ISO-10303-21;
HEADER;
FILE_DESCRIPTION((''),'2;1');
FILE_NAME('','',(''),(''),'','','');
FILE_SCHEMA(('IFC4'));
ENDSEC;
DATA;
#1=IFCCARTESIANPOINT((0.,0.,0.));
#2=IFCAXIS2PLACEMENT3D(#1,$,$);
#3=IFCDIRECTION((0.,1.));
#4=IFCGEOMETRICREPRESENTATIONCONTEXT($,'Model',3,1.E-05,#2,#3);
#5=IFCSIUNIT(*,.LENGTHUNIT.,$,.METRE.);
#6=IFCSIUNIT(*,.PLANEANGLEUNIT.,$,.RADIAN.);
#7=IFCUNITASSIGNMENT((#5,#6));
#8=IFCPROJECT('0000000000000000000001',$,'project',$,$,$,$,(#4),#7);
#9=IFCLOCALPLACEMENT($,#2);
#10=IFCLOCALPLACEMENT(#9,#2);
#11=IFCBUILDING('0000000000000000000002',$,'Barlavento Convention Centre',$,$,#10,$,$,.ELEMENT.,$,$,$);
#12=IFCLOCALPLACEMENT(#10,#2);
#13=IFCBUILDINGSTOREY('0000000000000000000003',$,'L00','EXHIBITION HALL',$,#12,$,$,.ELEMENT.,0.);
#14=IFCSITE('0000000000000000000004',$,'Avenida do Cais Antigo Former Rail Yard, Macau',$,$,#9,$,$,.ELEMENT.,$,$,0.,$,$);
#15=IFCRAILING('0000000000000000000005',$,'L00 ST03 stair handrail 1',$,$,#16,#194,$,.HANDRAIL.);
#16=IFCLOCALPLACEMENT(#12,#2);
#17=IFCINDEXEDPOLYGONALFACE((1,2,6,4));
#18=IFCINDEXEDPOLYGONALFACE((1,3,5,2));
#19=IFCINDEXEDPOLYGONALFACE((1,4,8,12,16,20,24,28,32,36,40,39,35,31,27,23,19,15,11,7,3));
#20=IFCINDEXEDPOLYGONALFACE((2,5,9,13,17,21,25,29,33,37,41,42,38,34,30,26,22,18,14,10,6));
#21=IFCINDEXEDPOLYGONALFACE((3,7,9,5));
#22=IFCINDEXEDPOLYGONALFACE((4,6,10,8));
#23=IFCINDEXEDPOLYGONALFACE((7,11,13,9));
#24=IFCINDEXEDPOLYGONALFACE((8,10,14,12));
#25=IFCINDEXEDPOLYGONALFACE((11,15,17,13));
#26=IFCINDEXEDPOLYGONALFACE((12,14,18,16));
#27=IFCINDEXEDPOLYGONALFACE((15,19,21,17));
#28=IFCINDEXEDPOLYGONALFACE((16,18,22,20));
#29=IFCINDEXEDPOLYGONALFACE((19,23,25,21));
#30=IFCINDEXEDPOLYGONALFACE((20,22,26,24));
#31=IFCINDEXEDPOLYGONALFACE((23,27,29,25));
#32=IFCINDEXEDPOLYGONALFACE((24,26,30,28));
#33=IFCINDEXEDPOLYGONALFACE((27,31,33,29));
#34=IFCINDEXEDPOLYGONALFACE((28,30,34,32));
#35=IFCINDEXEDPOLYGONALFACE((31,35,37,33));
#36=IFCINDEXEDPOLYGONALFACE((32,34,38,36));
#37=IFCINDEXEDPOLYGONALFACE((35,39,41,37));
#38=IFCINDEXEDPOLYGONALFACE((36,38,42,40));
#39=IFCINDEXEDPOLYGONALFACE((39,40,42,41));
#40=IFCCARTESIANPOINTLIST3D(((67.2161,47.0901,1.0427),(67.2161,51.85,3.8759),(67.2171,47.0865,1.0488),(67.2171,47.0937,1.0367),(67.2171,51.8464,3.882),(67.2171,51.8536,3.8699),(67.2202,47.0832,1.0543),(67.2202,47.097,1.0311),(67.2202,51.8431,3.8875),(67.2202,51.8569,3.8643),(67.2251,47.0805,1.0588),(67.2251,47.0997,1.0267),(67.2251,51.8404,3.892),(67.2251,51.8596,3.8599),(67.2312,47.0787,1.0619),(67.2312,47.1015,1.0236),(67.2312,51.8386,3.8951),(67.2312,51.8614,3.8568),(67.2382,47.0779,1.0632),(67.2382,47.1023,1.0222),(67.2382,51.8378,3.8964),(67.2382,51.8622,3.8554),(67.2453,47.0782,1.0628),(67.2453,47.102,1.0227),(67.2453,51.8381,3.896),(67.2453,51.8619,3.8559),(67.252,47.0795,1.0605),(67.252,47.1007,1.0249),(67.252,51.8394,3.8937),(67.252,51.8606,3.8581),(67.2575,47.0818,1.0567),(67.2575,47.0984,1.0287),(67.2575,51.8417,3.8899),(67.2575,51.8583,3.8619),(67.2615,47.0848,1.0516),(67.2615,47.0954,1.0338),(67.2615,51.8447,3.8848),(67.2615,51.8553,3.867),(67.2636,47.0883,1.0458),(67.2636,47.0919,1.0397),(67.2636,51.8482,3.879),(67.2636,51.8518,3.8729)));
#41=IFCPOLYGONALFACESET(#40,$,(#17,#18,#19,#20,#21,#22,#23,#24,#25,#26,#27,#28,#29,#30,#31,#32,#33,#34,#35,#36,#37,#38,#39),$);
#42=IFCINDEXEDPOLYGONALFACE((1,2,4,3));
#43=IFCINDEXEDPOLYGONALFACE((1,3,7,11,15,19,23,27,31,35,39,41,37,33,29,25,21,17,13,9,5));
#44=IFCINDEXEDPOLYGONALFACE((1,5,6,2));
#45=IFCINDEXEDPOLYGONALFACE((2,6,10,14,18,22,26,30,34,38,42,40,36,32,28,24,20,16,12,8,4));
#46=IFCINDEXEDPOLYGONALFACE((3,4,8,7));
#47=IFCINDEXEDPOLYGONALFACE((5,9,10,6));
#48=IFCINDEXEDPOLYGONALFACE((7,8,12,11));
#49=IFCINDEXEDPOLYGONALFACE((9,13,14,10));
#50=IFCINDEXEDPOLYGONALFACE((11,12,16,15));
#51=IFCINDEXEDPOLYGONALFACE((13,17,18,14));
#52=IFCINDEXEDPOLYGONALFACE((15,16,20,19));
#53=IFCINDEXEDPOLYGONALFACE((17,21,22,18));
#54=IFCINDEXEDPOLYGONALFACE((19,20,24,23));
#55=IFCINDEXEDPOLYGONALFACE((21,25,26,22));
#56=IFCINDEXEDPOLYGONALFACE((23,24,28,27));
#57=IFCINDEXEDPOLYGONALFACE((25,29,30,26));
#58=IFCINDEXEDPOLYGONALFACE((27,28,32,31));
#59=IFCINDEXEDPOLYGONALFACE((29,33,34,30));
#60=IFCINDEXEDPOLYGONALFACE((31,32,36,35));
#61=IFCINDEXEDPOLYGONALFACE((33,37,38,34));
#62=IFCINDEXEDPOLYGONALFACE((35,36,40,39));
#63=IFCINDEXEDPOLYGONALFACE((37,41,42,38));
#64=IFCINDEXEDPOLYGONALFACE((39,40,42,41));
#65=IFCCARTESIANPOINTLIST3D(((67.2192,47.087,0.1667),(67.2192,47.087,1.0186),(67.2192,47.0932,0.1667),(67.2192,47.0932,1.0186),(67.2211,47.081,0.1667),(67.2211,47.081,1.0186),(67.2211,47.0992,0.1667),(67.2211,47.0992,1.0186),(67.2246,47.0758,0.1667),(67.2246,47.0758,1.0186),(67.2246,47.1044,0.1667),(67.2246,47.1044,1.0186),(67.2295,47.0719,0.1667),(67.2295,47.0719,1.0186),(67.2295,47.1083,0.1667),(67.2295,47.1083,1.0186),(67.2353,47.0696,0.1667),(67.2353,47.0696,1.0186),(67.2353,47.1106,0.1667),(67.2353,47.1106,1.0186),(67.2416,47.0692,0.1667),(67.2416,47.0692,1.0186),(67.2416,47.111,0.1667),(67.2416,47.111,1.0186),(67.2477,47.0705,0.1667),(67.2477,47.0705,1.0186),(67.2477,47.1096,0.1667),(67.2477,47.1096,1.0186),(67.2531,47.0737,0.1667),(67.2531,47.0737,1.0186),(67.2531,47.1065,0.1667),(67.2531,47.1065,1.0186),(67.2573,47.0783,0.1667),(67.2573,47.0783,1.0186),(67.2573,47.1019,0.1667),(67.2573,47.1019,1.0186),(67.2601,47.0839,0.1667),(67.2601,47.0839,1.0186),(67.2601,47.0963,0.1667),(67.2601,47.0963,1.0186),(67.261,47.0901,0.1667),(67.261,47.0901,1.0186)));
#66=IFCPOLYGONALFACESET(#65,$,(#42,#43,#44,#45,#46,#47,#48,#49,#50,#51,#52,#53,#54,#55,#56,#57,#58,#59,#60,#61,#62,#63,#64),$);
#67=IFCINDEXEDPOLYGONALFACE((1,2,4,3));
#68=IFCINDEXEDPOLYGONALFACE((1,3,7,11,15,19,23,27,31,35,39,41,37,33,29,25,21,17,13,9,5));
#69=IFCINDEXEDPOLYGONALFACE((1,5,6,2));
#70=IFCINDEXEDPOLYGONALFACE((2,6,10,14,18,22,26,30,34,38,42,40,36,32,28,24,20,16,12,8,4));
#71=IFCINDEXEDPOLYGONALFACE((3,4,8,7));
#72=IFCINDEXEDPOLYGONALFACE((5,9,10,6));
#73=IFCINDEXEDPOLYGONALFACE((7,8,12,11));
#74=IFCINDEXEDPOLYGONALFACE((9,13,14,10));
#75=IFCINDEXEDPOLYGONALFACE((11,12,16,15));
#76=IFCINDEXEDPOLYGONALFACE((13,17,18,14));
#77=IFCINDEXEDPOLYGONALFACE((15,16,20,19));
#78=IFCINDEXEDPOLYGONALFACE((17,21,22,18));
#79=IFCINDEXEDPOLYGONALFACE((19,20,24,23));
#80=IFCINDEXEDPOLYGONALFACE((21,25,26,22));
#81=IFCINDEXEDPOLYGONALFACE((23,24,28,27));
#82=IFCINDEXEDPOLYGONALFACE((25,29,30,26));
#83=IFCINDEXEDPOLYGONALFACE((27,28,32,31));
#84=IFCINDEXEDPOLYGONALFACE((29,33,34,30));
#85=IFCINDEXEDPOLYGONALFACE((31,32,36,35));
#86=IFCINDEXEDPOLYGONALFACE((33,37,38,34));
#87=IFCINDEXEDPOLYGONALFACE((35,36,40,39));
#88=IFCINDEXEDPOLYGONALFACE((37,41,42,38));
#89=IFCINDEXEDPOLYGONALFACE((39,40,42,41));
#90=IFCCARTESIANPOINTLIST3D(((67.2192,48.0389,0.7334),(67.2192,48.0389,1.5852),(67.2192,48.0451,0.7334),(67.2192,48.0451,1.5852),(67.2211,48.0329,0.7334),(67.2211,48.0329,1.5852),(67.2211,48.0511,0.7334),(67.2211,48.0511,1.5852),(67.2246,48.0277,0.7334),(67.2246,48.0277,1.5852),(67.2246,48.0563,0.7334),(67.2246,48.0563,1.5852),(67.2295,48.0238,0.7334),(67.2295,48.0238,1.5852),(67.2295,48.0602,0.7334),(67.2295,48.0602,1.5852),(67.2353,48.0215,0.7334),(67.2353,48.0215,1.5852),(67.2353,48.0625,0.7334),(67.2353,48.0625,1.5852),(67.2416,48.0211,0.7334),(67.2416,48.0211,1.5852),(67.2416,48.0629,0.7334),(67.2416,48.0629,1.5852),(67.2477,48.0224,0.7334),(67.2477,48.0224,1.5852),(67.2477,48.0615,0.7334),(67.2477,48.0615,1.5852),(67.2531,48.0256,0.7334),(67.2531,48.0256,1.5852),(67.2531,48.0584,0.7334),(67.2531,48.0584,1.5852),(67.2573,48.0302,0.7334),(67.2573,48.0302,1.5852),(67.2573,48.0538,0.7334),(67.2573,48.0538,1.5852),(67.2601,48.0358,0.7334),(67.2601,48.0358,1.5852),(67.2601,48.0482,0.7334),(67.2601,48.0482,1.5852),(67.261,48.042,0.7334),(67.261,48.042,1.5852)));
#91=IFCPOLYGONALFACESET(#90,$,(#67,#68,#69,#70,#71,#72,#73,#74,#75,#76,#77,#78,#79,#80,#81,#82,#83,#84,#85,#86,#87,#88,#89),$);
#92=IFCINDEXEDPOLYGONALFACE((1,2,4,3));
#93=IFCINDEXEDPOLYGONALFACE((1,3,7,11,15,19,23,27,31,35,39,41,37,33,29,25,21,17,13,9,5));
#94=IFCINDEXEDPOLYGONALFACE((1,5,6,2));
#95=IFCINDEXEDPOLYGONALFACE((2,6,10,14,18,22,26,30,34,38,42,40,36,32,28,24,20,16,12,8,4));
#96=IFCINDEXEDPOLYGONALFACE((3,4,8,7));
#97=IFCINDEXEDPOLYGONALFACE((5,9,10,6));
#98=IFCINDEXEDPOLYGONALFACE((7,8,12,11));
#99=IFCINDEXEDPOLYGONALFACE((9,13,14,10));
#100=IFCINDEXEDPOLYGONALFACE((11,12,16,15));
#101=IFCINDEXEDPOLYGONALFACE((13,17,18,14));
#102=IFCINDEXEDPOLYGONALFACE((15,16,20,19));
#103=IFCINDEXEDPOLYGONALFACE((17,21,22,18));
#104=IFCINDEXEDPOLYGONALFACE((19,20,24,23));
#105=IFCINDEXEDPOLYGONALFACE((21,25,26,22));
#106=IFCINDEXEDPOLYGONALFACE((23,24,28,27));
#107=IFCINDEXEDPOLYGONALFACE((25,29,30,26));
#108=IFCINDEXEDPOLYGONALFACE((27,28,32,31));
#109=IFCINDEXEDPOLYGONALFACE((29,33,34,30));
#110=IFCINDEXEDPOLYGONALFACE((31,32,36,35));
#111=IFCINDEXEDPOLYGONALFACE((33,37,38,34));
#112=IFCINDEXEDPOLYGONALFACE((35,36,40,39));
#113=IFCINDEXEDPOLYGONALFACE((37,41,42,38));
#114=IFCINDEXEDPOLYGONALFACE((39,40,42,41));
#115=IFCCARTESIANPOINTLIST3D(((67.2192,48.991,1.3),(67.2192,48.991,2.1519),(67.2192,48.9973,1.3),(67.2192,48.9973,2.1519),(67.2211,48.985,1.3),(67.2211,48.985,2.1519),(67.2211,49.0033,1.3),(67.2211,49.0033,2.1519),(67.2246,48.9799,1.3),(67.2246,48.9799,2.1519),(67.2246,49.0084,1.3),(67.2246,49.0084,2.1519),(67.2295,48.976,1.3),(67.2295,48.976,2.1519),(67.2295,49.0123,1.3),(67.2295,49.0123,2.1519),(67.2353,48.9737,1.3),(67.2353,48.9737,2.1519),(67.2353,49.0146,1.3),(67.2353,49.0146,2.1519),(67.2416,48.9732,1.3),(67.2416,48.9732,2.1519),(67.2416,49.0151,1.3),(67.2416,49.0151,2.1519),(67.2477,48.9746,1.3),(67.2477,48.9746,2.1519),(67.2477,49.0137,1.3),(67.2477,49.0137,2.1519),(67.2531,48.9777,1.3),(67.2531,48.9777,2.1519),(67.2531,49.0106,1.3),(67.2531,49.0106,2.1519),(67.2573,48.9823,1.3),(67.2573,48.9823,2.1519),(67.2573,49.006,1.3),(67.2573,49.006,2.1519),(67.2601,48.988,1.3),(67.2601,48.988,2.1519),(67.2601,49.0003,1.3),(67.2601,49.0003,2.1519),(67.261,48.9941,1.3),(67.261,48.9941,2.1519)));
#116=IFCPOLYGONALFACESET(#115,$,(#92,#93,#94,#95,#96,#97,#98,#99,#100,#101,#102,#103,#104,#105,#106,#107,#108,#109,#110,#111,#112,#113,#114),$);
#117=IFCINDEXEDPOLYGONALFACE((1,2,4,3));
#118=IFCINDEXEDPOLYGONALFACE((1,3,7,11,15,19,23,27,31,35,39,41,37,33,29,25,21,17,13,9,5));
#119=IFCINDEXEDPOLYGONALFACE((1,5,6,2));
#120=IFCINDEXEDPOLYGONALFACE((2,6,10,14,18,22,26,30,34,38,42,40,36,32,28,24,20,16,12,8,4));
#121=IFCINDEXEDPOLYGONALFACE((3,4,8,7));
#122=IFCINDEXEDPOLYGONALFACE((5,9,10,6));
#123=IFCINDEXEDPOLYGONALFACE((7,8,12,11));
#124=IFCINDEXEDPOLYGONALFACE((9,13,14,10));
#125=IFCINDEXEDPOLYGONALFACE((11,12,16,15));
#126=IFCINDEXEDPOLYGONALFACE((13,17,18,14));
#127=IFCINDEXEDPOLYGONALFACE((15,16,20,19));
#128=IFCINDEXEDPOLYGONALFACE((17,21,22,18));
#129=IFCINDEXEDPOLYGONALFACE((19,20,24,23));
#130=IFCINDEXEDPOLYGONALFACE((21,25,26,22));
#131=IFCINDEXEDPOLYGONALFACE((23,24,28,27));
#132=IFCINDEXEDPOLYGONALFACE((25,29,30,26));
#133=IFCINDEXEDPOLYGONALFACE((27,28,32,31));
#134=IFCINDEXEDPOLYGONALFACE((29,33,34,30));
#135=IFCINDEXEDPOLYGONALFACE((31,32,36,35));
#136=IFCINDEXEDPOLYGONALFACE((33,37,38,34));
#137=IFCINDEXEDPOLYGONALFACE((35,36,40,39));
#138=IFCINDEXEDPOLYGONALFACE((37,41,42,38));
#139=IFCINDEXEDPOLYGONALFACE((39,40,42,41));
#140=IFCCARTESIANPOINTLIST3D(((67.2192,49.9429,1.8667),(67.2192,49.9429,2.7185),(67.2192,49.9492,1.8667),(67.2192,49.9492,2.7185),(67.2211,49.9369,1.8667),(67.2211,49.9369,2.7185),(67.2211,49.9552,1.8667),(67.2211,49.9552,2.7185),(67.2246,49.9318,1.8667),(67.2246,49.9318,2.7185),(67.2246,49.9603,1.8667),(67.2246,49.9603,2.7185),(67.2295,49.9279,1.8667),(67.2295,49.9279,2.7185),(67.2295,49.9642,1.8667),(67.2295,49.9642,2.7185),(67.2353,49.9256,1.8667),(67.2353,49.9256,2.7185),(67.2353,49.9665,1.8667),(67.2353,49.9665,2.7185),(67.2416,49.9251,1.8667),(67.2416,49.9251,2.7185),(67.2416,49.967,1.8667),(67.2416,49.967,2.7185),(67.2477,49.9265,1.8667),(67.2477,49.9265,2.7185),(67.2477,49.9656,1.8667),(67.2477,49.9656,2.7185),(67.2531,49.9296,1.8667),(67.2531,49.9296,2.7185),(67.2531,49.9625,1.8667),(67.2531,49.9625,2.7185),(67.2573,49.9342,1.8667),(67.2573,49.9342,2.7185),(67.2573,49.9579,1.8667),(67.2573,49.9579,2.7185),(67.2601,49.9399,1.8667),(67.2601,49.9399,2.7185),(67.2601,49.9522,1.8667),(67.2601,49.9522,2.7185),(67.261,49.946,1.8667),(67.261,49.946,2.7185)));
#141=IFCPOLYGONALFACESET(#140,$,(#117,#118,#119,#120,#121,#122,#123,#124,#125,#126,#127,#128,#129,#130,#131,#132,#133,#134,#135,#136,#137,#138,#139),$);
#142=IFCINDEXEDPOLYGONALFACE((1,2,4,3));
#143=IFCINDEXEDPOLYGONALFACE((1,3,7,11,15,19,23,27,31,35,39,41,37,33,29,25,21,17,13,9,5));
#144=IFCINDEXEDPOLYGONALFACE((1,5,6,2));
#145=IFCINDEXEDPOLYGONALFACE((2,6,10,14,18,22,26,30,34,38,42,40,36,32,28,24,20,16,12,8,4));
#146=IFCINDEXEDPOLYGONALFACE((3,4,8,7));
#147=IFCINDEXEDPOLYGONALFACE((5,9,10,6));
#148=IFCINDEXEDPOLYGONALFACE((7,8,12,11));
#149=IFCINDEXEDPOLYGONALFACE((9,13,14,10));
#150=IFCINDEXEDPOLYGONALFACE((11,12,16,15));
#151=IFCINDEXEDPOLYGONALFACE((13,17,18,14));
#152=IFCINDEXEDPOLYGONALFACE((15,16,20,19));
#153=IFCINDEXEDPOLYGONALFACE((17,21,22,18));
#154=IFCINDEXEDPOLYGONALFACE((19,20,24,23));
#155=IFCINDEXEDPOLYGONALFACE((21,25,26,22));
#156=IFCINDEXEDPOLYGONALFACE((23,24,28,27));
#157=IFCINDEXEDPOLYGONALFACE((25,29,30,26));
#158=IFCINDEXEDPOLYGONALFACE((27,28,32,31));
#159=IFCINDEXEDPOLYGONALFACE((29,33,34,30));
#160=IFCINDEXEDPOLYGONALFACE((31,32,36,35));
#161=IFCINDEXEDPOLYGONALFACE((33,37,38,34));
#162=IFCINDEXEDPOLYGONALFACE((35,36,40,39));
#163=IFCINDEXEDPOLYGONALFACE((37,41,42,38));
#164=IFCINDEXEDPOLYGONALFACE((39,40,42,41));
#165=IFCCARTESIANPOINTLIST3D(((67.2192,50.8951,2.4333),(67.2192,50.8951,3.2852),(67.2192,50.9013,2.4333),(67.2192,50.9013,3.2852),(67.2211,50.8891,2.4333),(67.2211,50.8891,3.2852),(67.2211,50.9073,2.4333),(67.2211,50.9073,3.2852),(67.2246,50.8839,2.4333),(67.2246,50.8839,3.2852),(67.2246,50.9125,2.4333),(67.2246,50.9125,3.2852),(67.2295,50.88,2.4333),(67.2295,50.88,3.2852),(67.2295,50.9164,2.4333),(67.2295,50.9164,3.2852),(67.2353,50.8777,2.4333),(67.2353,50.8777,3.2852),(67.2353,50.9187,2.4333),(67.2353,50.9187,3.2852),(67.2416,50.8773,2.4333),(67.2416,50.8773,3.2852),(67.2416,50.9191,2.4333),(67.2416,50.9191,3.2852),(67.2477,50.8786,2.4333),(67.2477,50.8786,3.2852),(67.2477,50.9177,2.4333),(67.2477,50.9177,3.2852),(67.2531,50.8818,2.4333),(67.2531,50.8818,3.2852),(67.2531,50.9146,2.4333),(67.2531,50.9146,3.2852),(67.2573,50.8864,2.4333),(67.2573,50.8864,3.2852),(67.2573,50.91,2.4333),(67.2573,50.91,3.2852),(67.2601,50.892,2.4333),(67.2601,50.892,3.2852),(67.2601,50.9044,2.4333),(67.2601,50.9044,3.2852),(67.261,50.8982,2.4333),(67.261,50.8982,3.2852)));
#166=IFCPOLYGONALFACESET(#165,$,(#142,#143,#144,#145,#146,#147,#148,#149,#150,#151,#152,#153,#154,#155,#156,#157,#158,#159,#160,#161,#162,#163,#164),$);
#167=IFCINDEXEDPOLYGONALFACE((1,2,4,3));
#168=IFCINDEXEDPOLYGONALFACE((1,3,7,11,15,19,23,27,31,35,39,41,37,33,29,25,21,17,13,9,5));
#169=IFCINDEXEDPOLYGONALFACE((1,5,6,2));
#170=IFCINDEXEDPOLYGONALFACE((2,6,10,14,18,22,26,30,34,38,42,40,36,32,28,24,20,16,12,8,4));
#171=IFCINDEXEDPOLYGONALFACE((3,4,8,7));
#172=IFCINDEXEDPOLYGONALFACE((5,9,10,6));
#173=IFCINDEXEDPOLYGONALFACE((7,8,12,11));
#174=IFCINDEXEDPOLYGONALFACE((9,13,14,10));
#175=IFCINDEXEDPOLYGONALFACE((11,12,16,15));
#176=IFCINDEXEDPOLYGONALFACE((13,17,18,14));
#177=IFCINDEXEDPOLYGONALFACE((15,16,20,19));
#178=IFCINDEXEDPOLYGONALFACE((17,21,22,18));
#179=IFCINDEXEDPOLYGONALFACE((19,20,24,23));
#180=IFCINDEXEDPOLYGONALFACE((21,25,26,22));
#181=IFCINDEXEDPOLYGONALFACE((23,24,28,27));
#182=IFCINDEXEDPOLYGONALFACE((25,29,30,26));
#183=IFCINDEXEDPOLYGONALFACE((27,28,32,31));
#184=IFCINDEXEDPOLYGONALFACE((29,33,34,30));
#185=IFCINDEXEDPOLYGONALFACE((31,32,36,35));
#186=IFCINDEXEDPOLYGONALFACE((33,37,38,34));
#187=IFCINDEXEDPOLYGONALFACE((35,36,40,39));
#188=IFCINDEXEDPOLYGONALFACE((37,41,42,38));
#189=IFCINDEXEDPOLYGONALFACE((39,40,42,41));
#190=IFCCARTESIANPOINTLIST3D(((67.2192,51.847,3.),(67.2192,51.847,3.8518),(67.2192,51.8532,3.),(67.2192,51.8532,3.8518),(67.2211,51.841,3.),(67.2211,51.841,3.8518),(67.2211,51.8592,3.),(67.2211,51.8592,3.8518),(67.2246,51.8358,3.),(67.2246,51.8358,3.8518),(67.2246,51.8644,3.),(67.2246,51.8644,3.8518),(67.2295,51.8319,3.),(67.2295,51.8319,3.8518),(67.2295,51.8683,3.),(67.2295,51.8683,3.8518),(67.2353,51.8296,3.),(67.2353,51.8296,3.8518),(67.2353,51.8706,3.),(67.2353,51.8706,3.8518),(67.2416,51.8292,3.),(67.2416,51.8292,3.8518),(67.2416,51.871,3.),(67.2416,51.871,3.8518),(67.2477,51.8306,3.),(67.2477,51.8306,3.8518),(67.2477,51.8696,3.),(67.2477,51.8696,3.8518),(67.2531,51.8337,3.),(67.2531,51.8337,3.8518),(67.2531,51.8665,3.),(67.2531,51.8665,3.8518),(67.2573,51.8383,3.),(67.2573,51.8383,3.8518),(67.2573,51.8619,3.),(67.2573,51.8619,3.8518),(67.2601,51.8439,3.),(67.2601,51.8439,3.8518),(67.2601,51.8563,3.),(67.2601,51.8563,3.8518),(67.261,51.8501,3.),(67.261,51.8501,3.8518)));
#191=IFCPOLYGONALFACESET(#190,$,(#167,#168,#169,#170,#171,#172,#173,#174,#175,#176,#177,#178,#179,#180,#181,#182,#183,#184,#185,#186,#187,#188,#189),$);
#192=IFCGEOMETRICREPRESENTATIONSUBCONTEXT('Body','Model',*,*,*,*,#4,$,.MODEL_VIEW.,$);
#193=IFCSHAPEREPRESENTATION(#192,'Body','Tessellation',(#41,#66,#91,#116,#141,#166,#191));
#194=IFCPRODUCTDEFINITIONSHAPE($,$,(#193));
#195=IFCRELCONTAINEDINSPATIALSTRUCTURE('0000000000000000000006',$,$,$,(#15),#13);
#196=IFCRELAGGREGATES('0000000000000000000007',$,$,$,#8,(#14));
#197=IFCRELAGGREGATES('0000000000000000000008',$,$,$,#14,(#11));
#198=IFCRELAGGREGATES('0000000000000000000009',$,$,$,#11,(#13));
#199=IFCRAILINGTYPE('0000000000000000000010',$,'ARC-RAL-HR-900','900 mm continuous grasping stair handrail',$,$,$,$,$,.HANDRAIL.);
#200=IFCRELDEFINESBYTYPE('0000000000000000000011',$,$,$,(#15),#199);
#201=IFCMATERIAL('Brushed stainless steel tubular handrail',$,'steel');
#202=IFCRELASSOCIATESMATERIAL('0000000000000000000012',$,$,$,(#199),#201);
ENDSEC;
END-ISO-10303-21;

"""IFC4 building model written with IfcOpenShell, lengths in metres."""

from ifc_helpers import new_model, si_unit, direction, frame, origin, origin_2d, place, context, subcontext, project, spatial, circle, extrude, material, type_object, element, save


model = new_model("IFC4")

# Units and contexts
model_context = context("Model", 3, precision=1e-05, world=origin(), true_north=direction((0.0, 1.0)))
body_context = subcontext(model_context, "Body", "Model", "MODEL_VIEW")
ifc_project = project(units=[si_unit("LENGTHUNIT", "METRE"), si_unit("PLANEANGLEUNIT", "RADIAN")], contexts=[model_context])

# Site, building, storey
site_placement = place(None, origin())
site = spatial("IfcSite", under=ifc_project, at=site_placement, Name="Avenida do Cais Antigo Former Rail Yard, Macau", CompositionType="ELEMENT", RefElevation=0.0)
building_placement = place(site_placement, origin())
building = spatial("IfcBuilding", under=site, at=building_placement, Name="Barlavento Convention Centre", CompositionType="ELEMENT")
storey_placement = place(building_placement, origin())
storey = spatial("IfcBuildingStorey", under=building, at=storey_placement, Name="L00", Description="EXHIBITION HALL", CompositionType="ELEMENT", Elevation=0.0)

# Railing
ifc_material_1 = material(Name="Brushed stainless steel tubular handrail", Category="steel")
railing_type_1 = type_object("IfcRailingType", Name="ARC-RAL-HR-900", Description="900 mm continuous grasping stair handrail", PredefinedType="HANDRAIL", material=ifc_material_1)
railing_1_placement = place(storey_placement, frame((67.24, 47.0901, 0.1667)))
element("IfcRailing", 1, at=railing_1_placement, inside=storey, type_object=railing_type_1, Name="L00 ST03 stair handrail 1", PredefinedType="HANDRAIL", context=body_context, shape_type="SweptSolid", body=[
    extrude(circle(Radius=0.0239, at=origin_2d()), frame((0.0, 0.0, 0.876), z_axis=(0.0, 0.8593, 0.511472), x_axis=(-1.0, 0.0, 0.0)), (0.0, 0.0, 1.0), 5.5393),
    extrude(circle(Radius=0.021, at=origin_2d()), origin(), (0.0, 0.0, 1.0), 0.8518),
    extrude(circle(Radius=0.021, at=origin_2d()), frame((0.0, 0.9519, 0.5667)), (0.0, 0.0, 1.0), 0.8518),
    extrude(circle(Radius=0.021, at=origin_2d()), frame((0.0, 1.9041, 1.1333)), (0.0, 0.0, 1.0), 0.8518),
    extrude(circle(Radius=0.021, at=origin_2d()), frame((0.0, 2.856, 1.7)), (0.0, 0.0, 1.0), 0.8518),
    extrude(circle(Radius=0.021, at=origin_2d()), frame((0.0, 3.8081, 2.2666)), (0.0, 0.0, 1.0), 0.8518),
    extrude(circle(Radius=0.021, at=origin_2d()), frame((0.0, 4.76, 2.8333)), (0.0, 0.0, 1.0), 0.8518),
])

save(model, "model.ifc")
